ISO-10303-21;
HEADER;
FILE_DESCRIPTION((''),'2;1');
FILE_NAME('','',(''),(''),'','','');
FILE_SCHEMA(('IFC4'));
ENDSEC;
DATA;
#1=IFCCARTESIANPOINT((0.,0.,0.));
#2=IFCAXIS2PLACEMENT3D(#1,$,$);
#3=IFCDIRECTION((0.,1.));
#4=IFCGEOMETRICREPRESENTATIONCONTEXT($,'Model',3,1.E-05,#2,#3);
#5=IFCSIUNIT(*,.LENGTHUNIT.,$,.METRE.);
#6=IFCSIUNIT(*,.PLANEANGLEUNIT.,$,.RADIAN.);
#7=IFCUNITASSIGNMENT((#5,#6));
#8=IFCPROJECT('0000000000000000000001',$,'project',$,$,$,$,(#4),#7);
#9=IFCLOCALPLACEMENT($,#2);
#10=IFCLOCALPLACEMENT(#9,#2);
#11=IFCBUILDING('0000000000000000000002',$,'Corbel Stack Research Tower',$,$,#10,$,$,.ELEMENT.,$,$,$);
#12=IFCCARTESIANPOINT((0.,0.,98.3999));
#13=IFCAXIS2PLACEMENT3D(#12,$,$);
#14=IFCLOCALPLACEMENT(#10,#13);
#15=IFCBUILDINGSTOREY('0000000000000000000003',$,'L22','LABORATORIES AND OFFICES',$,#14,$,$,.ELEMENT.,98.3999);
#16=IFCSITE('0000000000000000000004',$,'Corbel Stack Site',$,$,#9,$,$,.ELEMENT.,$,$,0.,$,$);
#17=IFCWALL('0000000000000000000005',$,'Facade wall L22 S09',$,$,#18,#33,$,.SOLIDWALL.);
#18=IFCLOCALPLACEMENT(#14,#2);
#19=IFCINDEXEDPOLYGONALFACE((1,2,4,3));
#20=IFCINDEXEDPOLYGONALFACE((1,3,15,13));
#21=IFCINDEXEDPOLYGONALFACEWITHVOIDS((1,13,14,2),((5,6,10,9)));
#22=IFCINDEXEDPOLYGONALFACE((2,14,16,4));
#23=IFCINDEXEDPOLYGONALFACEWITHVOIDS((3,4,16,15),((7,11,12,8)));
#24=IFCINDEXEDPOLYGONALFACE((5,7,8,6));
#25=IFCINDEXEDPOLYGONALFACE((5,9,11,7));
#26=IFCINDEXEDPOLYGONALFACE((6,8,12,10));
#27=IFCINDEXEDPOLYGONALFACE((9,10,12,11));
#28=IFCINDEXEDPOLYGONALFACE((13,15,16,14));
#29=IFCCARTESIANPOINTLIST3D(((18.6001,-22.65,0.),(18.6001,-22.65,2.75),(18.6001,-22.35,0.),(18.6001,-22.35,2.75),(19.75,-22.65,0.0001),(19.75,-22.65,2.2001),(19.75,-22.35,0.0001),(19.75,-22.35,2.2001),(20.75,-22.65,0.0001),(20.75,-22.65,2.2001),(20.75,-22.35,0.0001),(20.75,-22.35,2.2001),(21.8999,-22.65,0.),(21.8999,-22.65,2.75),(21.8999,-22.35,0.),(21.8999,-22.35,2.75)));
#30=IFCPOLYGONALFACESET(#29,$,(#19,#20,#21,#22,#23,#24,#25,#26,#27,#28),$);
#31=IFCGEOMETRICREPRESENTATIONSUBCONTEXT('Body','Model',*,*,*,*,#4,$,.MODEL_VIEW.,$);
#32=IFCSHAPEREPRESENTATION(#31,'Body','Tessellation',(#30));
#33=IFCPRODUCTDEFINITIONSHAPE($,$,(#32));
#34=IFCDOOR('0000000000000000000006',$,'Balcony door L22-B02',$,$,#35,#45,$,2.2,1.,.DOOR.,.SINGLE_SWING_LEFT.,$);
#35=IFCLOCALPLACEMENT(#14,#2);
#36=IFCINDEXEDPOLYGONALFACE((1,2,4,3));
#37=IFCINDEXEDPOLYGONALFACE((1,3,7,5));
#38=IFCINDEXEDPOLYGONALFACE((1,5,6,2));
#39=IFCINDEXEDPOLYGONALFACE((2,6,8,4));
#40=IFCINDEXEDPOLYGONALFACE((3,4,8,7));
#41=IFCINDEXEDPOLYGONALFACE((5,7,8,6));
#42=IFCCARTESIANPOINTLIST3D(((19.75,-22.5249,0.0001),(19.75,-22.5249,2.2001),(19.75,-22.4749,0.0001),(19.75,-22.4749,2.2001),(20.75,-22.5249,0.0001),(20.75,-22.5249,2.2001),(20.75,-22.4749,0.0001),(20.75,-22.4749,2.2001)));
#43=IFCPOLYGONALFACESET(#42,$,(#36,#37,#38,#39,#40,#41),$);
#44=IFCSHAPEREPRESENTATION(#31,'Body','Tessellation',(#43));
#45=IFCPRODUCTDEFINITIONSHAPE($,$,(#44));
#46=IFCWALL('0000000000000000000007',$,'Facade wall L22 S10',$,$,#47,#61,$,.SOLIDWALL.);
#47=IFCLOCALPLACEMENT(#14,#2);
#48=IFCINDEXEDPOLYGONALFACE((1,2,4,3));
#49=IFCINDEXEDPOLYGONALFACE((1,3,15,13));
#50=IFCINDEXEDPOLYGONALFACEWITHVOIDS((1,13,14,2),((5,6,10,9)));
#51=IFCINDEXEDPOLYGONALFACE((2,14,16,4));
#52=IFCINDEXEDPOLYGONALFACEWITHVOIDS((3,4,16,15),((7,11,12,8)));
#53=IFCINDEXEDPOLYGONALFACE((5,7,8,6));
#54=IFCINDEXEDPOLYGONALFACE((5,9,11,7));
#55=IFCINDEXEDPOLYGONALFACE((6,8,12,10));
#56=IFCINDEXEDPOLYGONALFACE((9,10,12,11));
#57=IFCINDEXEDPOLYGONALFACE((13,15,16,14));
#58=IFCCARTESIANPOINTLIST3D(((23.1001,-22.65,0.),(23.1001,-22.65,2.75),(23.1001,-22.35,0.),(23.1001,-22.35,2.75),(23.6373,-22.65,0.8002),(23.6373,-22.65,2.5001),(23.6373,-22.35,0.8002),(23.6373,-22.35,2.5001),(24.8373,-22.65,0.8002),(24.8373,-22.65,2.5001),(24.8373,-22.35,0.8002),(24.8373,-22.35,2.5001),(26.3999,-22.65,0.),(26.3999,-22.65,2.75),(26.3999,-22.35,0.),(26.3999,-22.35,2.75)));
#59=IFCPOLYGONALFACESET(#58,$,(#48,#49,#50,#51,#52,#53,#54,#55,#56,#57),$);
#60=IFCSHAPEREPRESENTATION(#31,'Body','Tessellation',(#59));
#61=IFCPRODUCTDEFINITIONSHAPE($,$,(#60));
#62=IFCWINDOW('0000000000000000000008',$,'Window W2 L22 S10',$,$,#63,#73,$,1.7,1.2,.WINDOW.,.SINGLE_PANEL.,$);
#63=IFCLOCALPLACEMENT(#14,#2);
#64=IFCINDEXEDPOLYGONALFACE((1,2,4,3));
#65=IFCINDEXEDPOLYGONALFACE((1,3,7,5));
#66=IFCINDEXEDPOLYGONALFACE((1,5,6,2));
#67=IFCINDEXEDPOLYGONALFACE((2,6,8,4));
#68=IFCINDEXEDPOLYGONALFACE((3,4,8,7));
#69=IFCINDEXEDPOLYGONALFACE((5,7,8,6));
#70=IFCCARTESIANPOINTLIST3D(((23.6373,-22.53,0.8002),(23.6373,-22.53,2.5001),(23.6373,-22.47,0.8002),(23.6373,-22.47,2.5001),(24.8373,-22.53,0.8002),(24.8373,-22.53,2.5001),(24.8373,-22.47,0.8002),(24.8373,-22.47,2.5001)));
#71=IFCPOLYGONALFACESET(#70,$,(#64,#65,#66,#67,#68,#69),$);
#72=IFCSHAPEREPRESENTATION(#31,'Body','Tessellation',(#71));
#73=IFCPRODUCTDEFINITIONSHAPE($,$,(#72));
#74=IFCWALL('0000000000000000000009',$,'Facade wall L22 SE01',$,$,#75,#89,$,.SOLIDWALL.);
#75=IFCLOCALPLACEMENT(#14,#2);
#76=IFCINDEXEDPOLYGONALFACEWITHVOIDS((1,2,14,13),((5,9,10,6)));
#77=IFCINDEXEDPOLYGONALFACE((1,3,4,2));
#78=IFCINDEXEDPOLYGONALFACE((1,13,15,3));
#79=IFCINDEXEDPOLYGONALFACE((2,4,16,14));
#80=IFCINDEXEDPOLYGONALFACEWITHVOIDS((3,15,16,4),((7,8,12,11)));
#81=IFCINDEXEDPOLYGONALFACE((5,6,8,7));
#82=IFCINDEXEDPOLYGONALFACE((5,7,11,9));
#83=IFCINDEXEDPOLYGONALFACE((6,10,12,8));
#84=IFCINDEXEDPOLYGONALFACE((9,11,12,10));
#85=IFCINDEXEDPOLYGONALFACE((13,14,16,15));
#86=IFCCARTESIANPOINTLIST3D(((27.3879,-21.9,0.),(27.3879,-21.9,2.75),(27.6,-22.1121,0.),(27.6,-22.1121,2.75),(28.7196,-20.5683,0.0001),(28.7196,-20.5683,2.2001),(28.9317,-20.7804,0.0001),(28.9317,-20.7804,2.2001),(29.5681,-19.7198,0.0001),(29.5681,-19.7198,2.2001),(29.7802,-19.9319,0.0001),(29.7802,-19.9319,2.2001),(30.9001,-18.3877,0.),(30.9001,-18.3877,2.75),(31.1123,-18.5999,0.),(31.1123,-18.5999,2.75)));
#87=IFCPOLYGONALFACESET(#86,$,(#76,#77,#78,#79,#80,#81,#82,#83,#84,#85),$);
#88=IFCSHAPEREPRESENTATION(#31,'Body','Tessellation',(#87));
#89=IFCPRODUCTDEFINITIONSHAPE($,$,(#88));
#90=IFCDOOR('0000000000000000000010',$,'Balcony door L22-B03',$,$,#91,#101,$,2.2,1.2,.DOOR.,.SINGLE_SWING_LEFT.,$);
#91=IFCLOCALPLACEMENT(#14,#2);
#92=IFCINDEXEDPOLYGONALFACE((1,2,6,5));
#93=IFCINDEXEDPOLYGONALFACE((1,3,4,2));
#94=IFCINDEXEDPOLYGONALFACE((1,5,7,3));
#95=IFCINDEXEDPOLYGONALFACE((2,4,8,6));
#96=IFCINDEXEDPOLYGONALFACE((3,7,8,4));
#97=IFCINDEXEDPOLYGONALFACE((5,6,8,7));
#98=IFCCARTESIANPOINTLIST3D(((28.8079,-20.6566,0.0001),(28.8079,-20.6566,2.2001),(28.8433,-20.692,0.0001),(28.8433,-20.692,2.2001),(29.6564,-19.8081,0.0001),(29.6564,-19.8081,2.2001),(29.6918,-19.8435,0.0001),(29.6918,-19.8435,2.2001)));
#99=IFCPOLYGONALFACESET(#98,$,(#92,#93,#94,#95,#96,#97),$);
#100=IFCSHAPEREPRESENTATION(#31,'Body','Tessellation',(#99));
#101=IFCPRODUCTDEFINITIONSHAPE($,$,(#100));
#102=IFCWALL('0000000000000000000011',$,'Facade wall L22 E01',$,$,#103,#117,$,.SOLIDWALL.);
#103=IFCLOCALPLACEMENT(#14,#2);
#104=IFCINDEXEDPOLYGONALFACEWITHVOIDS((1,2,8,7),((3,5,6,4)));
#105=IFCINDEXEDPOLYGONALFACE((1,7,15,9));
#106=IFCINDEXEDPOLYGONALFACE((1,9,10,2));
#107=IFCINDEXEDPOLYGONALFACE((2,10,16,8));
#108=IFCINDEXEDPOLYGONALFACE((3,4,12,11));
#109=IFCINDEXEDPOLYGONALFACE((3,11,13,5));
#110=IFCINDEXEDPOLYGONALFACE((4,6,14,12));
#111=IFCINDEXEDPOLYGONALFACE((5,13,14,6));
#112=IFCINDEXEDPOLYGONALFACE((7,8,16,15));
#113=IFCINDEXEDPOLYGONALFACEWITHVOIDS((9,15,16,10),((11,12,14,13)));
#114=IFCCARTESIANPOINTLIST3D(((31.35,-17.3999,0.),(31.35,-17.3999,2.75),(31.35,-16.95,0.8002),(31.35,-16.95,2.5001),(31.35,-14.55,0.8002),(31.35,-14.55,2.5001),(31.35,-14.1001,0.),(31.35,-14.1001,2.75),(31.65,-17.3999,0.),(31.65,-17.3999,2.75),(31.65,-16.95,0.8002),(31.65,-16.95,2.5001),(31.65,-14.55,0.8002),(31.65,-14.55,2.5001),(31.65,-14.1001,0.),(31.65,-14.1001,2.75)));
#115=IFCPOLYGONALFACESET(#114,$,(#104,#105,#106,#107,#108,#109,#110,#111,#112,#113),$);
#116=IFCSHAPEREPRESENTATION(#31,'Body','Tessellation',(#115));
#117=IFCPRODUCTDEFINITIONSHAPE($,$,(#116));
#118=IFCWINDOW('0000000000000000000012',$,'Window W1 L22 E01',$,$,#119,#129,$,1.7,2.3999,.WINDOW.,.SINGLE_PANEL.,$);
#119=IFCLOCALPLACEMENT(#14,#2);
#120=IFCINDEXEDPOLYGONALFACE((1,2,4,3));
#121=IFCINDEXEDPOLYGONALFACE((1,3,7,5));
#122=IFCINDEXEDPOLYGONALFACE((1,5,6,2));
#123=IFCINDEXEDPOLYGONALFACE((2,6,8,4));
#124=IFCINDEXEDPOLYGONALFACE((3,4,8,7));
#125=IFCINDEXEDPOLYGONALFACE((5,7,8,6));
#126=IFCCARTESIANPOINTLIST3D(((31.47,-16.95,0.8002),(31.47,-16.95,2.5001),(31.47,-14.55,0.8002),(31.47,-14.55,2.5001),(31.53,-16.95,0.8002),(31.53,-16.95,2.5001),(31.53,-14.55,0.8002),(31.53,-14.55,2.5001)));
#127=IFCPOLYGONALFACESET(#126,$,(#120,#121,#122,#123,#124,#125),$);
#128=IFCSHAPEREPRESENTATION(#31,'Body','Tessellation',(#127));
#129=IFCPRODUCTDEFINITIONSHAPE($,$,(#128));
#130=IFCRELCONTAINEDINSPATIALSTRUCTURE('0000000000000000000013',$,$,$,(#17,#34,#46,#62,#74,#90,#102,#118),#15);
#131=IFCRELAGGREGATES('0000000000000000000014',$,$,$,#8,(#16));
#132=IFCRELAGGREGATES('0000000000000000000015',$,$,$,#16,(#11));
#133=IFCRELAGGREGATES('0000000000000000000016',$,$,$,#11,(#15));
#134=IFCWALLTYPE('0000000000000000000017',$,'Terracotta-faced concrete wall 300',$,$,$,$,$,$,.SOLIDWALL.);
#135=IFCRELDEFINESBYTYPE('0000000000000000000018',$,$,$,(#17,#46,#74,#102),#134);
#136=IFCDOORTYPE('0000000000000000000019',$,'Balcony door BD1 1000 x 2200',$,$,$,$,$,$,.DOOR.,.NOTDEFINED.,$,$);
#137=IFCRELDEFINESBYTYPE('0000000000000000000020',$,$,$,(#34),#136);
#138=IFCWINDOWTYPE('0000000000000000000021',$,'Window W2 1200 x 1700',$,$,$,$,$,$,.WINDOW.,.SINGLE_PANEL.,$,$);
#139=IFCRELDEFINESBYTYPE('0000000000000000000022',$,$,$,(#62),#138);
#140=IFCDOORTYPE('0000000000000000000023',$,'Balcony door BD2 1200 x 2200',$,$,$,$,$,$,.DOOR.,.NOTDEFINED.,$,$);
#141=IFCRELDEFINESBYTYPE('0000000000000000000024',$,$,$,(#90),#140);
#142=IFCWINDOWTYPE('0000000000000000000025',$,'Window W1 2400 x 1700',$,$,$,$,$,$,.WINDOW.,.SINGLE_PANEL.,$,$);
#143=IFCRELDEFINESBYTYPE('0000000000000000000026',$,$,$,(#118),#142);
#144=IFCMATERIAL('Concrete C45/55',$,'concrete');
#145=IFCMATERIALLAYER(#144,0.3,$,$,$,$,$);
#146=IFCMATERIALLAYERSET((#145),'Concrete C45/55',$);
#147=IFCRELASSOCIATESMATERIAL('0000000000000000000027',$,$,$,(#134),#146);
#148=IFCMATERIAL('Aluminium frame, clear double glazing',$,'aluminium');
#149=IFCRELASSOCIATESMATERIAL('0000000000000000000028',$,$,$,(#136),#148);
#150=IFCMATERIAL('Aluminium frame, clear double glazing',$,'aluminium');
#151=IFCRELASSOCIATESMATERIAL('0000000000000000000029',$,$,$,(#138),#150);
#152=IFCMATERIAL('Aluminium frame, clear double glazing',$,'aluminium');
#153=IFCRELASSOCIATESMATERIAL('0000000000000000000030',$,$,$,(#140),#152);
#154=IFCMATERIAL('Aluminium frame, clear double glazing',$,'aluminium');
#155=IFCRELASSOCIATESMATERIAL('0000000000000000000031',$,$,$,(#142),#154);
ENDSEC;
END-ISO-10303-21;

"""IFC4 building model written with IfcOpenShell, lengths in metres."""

from ifc_helpers import new_model, si_unit, direction, frame, frame_2d, origin, place, context, subcontext, project, spatial, rectangle, extrude, material, layer, layer_set, type_object, element, fill, save


model = new_model("IFC4")

# Units and contexts
model_context = context("Model", 3, precision=1e-05, world=origin(), true_north=direction((0.0, 1.0)))
body_context = subcontext(model_context, "Body", "Model", "MODEL_VIEW")
ifc_project = project(units=[si_unit("LENGTHUNIT", "METRE"), si_unit("PLANEANGLEUNIT", "RADIAN")], contexts=[model_context])

# Site, building, storey
site_placement = place(None, origin())
site = spatial("IfcSite", under=ifc_project, at=site_placement, Name="Corbel Stack Site", CompositionType="ELEMENT", RefElevation=0.0)
building_placement = place(site_placement, origin())
building = spatial("IfcBuilding", under=site, at=building_placement, Name="Corbel Stack Research Tower", CompositionType="ELEMENT")
storey_placement = place(building_placement, frame((0.0, 0.0, 98.3999)))
storey = spatial("IfcBuildingStorey", under=building, at=storey_placement, Name="L22", Description="LABORATORIES AND OFFICES", CompositionType="ELEMENT", Elevation=98.3999)

# Wall, opening, door
ifc_material_1 = material(Name="Concrete C45/55", Category="concrete")
ifc_layer_1 = layer(ifc_material_1, 0.3)
ifc_layer_set_1 = layer_set([ifc_layer_1], Name="Concrete C45/55")
wall_type_1 = type_object("IfcWallType", Name="Terracotta-faced concrete wall 300", PredefinedType="SOLIDWALL", material=ifc_layer_set_1)
wall_1_placement = place(storey_placement, frame((21.8999, -22.5, 0.0), z_axis=(0.0, 0.0, 1.0), x_axis=(-1.0, 0.0, 0.0)))
wall_1 = element("IfcWall", 1, at=wall_1_placement, inside=storey, type_object=wall_type_1, Name="Facade wall L22 S09", PredefinedType="SOLIDWALL", context=body_context, shape_type="SweptSolid", body=[
    extrude(rectangle(XDim=3.2998, YDim=0.3, at=frame_2d((1.6499, 0.0))), origin(), (0.0, 0.0, 1.0), 2.75),
])
opening_1_placement = place(wall_1_placement, frame((1.1499, 0.0, 0.0)))
opening_1 = element("IfcOpeningElement", 2, at=opening_1_placement, cuts=wall_1, PredefinedType="OPENING", context=body_context, shape_type="SweptSolid", body=[
    extrude(rectangle(XDim=1.0, YDim=2.2, at=frame_2d((0.5, 1.1001))), frame((0.0, 0.1599, 0.0), z_axis=(0.0, -1.0, 0.0), x_axis=(1.0, 0.0, 0.0)), (0.0, 0.0, 1.0), 0.3201),
])
ifc_material_2 = material(Name="Aluminium frame, clear double glazing", Category="aluminium")
door_type_1 = type_object("IfcDoorType", Name="Balcony door BD1 1000 x 2200", OperationType="NOTDEFINED", PredefinedType="DOOR", material=ifc_material_2)
door_1_placement = place(opening_1_placement, origin())
door_1 = element("IfcDoor", 3, at=door_1_placement, inside=storey, type_object=door_type_1, Name="Balcony door L22-B02", OperationType="SINGLE_SWING_LEFT", OverallHeight=2.2, OverallWidth=1.0, PredefinedType="DOOR", context=body_context, shape_type="SweptSolid", body=[
    extrude(rectangle(XDim=1.0, YDim=2.2, at=frame_2d((0.5, 1.1001))), frame((0.0, 0.0249, 0.0), z_axis=(0.0, -1.0, 0.0), x_axis=(1.0, 0.0, 0.0)), (0.0, 0.0, 1.0), 0.05),
])
fill(opening_1, door_1)

# Wall, opening, window
wall_2_placement = place(storey_placement, frame((26.3999, -22.5, 0.0), z_axis=(0.0, 0.0, 1.0), x_axis=(-1.0, 0.0, 0.0)))
wall_2 = element("IfcWall", 4, at=wall_2_placement, inside=storey, type_object=wall_type_1, Name="Facade wall L22 S10", PredefinedType="SOLIDWALL", context=body_context, shape_type="SweptSolid", body=[
    extrude(rectangle(XDim=3.2998, YDim=0.3, at=frame_2d((1.6499, 0.0))), origin(), (0.0, 0.0, 1.0), 2.75),
])
opening_2_placement = place(wall_2_placement, frame((1.5625, 0.0, 0.8)))
opening_2 = element("IfcOpeningElement", 5, at=opening_2_placement, cuts=wall_2, PredefinedType="OPENING", context=body_context, shape_type="SweptSolid", body=[
    extrude(rectangle(XDim=1.2, YDim=1.7, at=frame_2d((0.6001, 0.8501))), frame((0.0, 0.1599, 0.0), z_axis=(0.0, -1.0, 0.0), x_axis=(1.0, 0.0, 0.0)), (0.0, 0.0, 1.0), 0.3201),
])
ifc_material_3 = material(Name="Aluminium frame, clear double glazing", Category="aluminium")
window_type_1 = type_object("IfcWindowType", Name="Window W2 1200 x 1700", PartitioningType="SINGLE_PANEL", PredefinedType="WINDOW", material=ifc_material_3)
window_1_placement = place(opening_2_placement, origin())
window_1 = element("IfcWindow", 6, at=window_1_placement, inside=storey, type_object=window_type_1, Name="Window W2 L22 S10", OverallHeight=1.7, OverallWidth=1.2, PartitioningType="SINGLE_PANEL", PredefinedType="WINDOW", context=body_context, shape_type="SweptSolid", body=[
    extrude(rectangle(XDim=1.2, YDim=1.7, at=frame_2d((0.6001, 0.8501))), frame((0.0, 0.03, 0.0), z_axis=(0.0, -1.0, 0.0), x_axis=(1.0, 0.0, 0.0)), (0.0, 0.0, 1.0), 0.0601),
])
fill(opening_2, window_1)

# Wall, opening, door
wall_3_placement = place(storey_placement, frame((31.0061, -18.4939, 0.0), z_axis=(0.0, 0.0, 1.0), x_axis=(-0.707107, -0.707107, 0.0)))
wall_3 = element("IfcWall", 7, at=wall_3_placement, inside=storey, type_object=wall_type_1, Name="Facade wall L22 SE01", PredefinedType="SOLIDWALL", context=body_context, shape_type="SweptSolid", body=[
    extrude(rectangle(XDim=4.967, YDim=0.3, at=frame_2d((2.4834, 0.0))), origin(), (0.0, 0.0, 1.0), 2.75),
])
opening_3_placement = place(wall_3_placement, frame((1.8835, 0.0, 0.0)))
opening_3 = element("IfcOpeningElement", 8, at=opening_3_placement, cuts=wall_3, PredefinedType="OPENING", context=body_context, shape_type="SweptSolid", body=[
    extrude(rectangle(XDim=1.2, YDim=2.2, at=frame_2d((0.6001, 1.1001))), frame((0.0, 0.1599, 0.0), z_axis=(0.0, -1.0, 0.0), x_axis=(1.0, 0.0, 0.0)), (0.0, 0.0, 1.0), 0.3201),
])
ifc_material_4 = material(Name="Aluminium frame, clear double glazing", Category="aluminium")
door_type_2 = type_object("IfcDoorType", Name="Balcony door BD2 1200 x 2200", OperationType="NOTDEFINED", PredefinedType="DOOR", material=ifc_material_4)
door_2_placement = place(opening_3_placement, origin())
door_2 = element("IfcDoor", 9, at=door_2_placement, inside=storey, type_object=door_type_2, Name="Balcony door L22-B03", OperationType="SINGLE_SWING_LEFT", OverallHeight=2.2, OverallWidth=1.2, PredefinedType="DOOR", context=body_context, shape_type="SweptSolid", body=[
    extrude(rectangle(XDim=1.2, YDim=2.2, at=frame_2d((0.6001, 1.1001))), frame((0.0, 0.0249, 0.0), z_axis=(0.0, -1.0, 0.0), x_axis=(1.0, 0.0, 0.0)), (0.0, 0.0, 1.0), 0.05),
])
fill(opening_3, door_2)

# Wall, opening, window
wall_4_placement = place(storey_placement, frame((31.5, -14.1001, 0.0), z_axis=(0.0, 0.0, 1.0), x_axis=(0.0, -1.0, 0.0)))
wall_4 = element("IfcWall", 10, at=wall_4_placement, inside=storey, type_object=wall_type_1, Name="Facade wall L22 E01", PredefinedType="SOLIDWALL", context=body_context, shape_type="SweptSolid", body=[
    extrude(rectangle(XDim=3.2998, YDim=0.3, at=frame_2d((1.6499, 0.0))), origin(), (0.0, 0.0, 1.0), 2.75),
])
opening_4_placement = place(wall_4_placement, frame((0.45, 0.0, 0.8)))
opening_4 = element("IfcOpeningElement", 11, at=opening_4_placement, cuts=wall_4, PredefinedType="OPENING", context=body_context, shape_type="SweptSolid", body=[
    extrude(rectangle(XDim=2.3999, YDim=1.7, at=frame_2d((1.2, 0.8501))), frame((0.0, 0.1599, 0.0), z_axis=(0.0, -1.0, 0.0), x_axis=(1.0, 0.0, 0.0)), (0.0, 0.0, 1.0), 0.3201),
])
ifc_material_5 = material(Name="Aluminium frame, clear double glazing", Category="aluminium")
window_type_2 = type_object("IfcWindowType", Name="Window W1 2400 x 1700", PartitioningType="SINGLE_PANEL", PredefinedType="WINDOW", material=ifc_material_5)
window_2_placement = place(opening_4_placement, origin())
window_2 = element("IfcWindow", 12, at=window_2_placement, inside=storey, type_object=window_type_2, Name="Window W1 L22 E01", OverallHeight=1.7, OverallWidth=2.3999, PartitioningType="SINGLE_PANEL", PredefinedType="WINDOW", context=body_context, shape_type="SweptSolid", body=[
    extrude(rectangle(XDim=2.3999, YDim=1.7, at=frame_2d((1.2, 0.8501))), frame((0.0, 0.03, 0.0), z_axis=(0.0, -1.0, 0.0), x_axis=(1.0, 0.0, 0.0)), (0.0, 0.0, 1.0), 0.0601),
])
fill(opening_4, window_2)

save(model, "model.ifc")
